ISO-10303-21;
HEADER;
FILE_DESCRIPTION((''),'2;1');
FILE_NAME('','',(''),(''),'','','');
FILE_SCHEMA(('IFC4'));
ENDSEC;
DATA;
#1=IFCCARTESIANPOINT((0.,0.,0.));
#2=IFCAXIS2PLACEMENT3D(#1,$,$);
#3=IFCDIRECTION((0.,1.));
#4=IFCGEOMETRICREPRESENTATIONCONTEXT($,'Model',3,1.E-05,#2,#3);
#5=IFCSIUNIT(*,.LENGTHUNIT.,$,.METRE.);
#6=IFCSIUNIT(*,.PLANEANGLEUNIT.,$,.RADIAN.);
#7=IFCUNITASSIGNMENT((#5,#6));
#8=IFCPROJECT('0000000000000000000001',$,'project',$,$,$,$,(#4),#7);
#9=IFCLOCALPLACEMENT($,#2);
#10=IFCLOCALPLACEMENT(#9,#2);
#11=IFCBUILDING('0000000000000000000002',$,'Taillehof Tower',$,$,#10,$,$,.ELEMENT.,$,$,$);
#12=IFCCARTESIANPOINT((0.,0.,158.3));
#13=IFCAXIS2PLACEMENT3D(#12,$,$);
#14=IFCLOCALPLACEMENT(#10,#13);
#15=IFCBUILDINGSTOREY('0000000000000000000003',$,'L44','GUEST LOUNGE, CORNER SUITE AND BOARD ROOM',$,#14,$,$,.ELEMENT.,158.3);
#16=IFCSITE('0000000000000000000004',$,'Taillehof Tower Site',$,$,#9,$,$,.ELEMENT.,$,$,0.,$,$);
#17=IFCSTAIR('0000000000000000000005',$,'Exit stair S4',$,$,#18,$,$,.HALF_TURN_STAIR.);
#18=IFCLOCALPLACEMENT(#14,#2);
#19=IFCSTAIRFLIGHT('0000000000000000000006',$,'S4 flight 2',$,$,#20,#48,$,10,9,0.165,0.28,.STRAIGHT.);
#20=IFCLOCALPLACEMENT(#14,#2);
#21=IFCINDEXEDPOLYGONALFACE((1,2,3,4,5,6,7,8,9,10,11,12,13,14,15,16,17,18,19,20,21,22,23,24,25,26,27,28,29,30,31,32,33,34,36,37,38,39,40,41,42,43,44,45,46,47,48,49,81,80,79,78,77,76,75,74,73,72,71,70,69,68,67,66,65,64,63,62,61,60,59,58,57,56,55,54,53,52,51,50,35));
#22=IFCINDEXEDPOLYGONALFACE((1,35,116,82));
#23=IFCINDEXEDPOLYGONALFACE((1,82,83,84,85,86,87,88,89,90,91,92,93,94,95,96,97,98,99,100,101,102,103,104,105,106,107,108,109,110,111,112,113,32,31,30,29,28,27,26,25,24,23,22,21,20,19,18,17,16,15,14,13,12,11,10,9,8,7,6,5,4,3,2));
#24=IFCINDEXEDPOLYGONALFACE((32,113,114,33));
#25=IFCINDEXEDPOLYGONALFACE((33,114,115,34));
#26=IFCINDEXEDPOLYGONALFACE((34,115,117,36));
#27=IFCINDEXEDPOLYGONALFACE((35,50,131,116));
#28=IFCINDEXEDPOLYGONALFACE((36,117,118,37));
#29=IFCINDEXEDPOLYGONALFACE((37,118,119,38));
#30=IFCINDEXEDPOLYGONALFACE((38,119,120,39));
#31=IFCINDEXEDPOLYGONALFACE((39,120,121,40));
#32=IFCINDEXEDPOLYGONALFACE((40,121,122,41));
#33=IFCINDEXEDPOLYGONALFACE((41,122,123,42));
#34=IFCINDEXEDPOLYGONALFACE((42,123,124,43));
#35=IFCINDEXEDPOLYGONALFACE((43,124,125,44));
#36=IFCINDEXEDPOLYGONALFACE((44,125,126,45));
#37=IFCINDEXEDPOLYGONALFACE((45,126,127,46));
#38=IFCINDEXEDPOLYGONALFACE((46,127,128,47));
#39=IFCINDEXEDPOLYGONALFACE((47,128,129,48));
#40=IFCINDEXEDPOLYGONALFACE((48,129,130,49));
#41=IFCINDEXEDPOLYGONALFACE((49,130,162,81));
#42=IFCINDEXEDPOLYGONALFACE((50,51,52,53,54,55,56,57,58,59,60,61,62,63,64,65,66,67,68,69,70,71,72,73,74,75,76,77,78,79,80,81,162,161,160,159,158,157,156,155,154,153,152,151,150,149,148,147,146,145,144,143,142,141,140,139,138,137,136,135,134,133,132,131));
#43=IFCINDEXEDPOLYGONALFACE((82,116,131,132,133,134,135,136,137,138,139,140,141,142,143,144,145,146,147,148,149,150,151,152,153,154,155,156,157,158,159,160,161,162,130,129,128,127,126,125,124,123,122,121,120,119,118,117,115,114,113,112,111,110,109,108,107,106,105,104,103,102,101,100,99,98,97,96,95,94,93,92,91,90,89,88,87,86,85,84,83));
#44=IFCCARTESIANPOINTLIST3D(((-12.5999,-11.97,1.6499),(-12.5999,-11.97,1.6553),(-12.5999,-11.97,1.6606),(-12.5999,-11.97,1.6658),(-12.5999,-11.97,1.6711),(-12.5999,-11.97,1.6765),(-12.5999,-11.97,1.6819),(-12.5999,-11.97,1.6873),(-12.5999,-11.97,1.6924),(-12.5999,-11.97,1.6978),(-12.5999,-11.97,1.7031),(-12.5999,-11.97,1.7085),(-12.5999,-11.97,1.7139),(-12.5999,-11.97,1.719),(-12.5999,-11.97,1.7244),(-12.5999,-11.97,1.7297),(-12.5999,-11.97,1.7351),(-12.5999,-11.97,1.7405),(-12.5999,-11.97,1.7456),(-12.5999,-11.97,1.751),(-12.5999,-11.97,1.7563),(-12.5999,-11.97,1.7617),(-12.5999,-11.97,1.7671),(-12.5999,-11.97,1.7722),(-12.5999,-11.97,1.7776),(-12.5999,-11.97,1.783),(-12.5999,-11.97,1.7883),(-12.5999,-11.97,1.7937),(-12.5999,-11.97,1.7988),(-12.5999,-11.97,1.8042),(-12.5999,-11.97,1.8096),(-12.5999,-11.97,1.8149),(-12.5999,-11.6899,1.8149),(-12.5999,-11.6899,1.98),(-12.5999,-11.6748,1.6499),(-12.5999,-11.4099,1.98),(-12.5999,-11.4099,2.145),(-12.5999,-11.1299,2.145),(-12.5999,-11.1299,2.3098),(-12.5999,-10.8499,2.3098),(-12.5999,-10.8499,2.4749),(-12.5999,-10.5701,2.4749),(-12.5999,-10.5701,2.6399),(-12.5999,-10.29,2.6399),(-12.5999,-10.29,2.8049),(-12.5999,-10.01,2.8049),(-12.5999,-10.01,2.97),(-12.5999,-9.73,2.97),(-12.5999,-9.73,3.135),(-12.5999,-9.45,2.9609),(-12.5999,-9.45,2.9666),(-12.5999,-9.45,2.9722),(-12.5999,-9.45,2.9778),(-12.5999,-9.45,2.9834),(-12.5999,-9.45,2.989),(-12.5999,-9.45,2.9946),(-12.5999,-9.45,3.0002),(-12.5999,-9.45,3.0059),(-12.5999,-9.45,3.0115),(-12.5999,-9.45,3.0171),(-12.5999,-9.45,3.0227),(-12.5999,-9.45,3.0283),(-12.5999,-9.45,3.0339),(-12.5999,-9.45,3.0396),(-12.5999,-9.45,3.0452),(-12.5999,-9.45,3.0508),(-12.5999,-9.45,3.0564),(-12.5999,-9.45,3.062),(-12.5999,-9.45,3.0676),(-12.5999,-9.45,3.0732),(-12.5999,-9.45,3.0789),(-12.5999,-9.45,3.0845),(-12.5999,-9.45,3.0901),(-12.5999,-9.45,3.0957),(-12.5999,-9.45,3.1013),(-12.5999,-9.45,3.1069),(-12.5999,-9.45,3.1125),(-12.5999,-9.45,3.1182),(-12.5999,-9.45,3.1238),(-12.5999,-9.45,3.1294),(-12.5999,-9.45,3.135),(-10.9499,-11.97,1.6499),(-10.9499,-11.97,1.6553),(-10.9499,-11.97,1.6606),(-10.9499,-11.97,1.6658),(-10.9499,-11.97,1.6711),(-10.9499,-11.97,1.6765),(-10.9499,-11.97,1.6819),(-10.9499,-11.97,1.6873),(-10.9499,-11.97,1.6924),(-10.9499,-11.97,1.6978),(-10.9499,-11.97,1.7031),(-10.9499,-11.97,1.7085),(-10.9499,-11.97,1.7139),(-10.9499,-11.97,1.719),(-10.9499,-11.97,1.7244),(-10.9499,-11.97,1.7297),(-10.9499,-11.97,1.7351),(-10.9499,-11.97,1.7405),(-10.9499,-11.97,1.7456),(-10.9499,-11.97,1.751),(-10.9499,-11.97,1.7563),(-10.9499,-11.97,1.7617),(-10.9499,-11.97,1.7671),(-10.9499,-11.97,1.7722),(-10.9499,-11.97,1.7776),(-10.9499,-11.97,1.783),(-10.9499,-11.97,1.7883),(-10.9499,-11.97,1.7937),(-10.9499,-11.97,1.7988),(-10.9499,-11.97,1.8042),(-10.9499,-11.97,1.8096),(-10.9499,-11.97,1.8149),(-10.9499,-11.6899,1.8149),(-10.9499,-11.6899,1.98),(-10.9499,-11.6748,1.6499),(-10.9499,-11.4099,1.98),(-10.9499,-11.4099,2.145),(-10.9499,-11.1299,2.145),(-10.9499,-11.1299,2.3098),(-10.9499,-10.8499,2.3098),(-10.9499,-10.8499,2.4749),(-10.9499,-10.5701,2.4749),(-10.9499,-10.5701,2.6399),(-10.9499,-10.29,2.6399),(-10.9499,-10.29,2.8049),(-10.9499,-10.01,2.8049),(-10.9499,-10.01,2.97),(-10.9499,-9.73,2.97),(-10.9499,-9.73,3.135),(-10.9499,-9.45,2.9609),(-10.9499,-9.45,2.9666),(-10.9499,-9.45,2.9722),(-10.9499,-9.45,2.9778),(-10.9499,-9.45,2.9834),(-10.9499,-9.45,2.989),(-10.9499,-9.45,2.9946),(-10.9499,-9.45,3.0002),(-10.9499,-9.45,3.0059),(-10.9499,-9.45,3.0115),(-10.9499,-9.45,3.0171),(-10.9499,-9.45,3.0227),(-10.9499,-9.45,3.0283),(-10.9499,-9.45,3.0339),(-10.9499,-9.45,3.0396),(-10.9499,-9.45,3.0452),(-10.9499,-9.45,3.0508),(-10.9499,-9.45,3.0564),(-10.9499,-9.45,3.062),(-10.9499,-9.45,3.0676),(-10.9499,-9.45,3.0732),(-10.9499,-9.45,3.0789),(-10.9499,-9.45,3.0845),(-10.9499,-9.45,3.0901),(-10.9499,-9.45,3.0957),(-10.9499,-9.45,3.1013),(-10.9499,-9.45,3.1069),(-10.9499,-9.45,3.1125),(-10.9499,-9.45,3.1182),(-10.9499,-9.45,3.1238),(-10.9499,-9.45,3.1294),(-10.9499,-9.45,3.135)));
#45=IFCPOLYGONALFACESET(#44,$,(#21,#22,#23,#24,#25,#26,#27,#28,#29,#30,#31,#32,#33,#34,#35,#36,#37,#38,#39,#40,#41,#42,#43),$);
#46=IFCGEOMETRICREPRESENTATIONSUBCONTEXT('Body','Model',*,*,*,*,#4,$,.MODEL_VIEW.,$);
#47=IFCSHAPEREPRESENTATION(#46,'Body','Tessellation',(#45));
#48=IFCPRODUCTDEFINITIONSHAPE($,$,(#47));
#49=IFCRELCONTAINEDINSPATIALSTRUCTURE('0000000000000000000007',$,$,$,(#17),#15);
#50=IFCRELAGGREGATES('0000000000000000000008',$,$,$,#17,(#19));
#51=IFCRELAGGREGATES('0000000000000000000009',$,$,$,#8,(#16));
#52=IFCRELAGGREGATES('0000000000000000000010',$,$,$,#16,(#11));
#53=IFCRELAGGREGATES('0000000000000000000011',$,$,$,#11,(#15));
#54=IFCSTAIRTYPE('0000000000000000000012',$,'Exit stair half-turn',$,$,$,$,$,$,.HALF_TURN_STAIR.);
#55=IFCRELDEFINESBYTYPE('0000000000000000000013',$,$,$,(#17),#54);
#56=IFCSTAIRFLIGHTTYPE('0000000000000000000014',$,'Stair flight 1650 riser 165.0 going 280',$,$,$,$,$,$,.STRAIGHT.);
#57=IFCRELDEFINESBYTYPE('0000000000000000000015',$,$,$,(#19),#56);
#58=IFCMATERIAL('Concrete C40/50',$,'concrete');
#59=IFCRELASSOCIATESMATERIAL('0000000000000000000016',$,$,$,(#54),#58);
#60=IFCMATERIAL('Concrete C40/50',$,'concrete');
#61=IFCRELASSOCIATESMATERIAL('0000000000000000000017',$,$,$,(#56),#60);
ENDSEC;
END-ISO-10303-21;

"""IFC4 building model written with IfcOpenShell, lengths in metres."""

from ifc_helpers import new_model, si_unit, direction, frame, origin, place, context, subcontext, project, spatial, polyline, outline, extrude, material, type_object, element, aggregate, save


model = new_model("IFC4")

# Units and contexts
model_context = context("Model", 3, precision=1e-05, world=origin(), true_north=direction((0.0, 1.0)))
body_context = subcontext(model_context, "Body", "Model", "MODEL_VIEW")
ifc_project = project(units=[si_unit("LENGTHUNIT", "METRE"), si_unit("PLANEANGLEUNIT", "RADIAN")], contexts=[model_context])

# Site, building, storey
site_placement = place(None, origin())
site = spatial("IfcSite", under=ifc_project, at=site_placement, Name="Taillehof Tower Site", CompositionType="ELEMENT", RefElevation=0.0)
building_placement = place(site_placement, origin())
building = spatial("IfcBuilding", under=site, at=building_placement, Name="Taillehof Tower", CompositionType="ELEMENT")
storey_placement = place(building_placement, frame((0.0, 0.0, 158.3)))
storey = spatial("IfcBuildingStorey", under=building, at=storey_placement, Name="L44", Description="GUEST LOUNGE, CORNER SUITE AND BOARD ROOM", CompositionType="ELEMENT", Elevation=158.3)

# Stair, stair flight
ifc_material_1 = material(Name="Concrete C40/50", Category="concrete")
stair_type = type_object("IfcStairType", Name="Exit stair half-turn", PredefinedType="HALF_TURN_STAIR", material=ifc_material_1)
stair_placement = place(storey_placement, origin())
stair = element("IfcStair", 1, at=stair_placement, inside=storey, type_object=stair_type, Name="Exit stair S4", PredefinedType="HALF_TURN_STAIR")
ifc_material_2 = material(Name="Concrete C40/50", Category="concrete")
stair_flight_type = type_object("IfcStairFlightType", Name="Stair flight 1650 riser 165.0 going 280", PredefinedType="STRAIGHT", material=ifc_material_2)
stair_flight_placement = place(storey_placement, frame((-11.7749, -11.97, 1.6499), z_axis=(0.0, 0.0, 1.0), x_axis=(0.0, 1.0, 0.0)))
stair_flight = element("IfcStairFlight", 2, at=stair_flight_placement, type_object=stair_flight_type, Name="S4 flight 2", NumberOfRisers=10, NumberOfTreads=9, PredefinedType="STRAIGHT", RiserHeight=0.165, TreadLength=0.28, context=body_context, shape_type="SweptSolid", body=[
    extrude(outline(polyline([(0.0, 0.0), (0.0, 0.0054), (0.0, 0.0107), (0.0, 0.0159), (0.0, 0.0212), (0.0, 0.0266), (0.0, 0.032), (0.0, 0.0374), (0.0, 0.0425), (0.0, 0.0479), (0.0, 0.0532), (0.0, 0.0586), (0.0, 0.064), (0.0, 0.0691), (0.0, 0.0745), (0.0, 0.0798), (0.0, 0.0852), (0.0, 0.0906), (0.0, 0.0957), (0.0, 0.1011), (0.0, 0.1064), (0.0, 0.1118), (0.0, 0.1172), (0.0, 0.1223), (0.0, 0.1277), (0.0, 0.1331), (0.0, 0.1384), (0.0, 0.1438), (0.0, 0.1489), (0.0, 0.1543), (0.0, 0.1597), (0.0, 0.165), (0.28, 0.165), (0.28, 0.3301), (0.5601, 0.3301), (0.5601, 0.4951), (0.8401, 0.4951), (0.8401, 0.6599), (1.1201, 0.6599), (1.1201, 0.825), (1.3999, 0.825), (1.3999, 0.99), (1.6799, 0.99), (1.6799, 1.155), (1.96, 1.155), (1.96, 1.3201), (2.24, 1.3201), (2.24, 1.4851), (2.52, 1.4851), (2.52, 1.4795), (2.52, 1.4739), (2.52, 1.4683), (2.52, 1.4626), (2.52, 1.457), (2.52, 1.4514), (2.52, 1.4458), (2.52, 1.4402), (2.52, 1.4346), (2.52, 1.429), (2.52, 1.4233), (2.52, 1.4177), (2.52, 1.4121), (2.52, 1.4065), (2.52, 1.4009), (2.52, 1.3953), (2.52, 1.3896), (2.52, 1.384), (2.52, 1.3784), (2.52, 1.3728), (2.52, 1.3672), (2.52, 1.3616), (2.52, 1.356), (2.52, 1.3503), (2.52, 1.3447), (2.52, 1.3391), (2.52, 1.3335), (2.52, 1.3279), (2.52, 1.3223), (2.52, 1.3167), (2.52, 1.311), (0.2952, 0.0), (0.0, 0.0)])), frame((0.0, 0.825, 0.0), z_axis=(0.0, -1.0, 0.0), x_axis=(1.0, 0.0, 0.0)), (0.0, 0.0, 1.0), 1.65),
])
aggregate(stair, [stair_flight])

save(model, "model.ifc")
